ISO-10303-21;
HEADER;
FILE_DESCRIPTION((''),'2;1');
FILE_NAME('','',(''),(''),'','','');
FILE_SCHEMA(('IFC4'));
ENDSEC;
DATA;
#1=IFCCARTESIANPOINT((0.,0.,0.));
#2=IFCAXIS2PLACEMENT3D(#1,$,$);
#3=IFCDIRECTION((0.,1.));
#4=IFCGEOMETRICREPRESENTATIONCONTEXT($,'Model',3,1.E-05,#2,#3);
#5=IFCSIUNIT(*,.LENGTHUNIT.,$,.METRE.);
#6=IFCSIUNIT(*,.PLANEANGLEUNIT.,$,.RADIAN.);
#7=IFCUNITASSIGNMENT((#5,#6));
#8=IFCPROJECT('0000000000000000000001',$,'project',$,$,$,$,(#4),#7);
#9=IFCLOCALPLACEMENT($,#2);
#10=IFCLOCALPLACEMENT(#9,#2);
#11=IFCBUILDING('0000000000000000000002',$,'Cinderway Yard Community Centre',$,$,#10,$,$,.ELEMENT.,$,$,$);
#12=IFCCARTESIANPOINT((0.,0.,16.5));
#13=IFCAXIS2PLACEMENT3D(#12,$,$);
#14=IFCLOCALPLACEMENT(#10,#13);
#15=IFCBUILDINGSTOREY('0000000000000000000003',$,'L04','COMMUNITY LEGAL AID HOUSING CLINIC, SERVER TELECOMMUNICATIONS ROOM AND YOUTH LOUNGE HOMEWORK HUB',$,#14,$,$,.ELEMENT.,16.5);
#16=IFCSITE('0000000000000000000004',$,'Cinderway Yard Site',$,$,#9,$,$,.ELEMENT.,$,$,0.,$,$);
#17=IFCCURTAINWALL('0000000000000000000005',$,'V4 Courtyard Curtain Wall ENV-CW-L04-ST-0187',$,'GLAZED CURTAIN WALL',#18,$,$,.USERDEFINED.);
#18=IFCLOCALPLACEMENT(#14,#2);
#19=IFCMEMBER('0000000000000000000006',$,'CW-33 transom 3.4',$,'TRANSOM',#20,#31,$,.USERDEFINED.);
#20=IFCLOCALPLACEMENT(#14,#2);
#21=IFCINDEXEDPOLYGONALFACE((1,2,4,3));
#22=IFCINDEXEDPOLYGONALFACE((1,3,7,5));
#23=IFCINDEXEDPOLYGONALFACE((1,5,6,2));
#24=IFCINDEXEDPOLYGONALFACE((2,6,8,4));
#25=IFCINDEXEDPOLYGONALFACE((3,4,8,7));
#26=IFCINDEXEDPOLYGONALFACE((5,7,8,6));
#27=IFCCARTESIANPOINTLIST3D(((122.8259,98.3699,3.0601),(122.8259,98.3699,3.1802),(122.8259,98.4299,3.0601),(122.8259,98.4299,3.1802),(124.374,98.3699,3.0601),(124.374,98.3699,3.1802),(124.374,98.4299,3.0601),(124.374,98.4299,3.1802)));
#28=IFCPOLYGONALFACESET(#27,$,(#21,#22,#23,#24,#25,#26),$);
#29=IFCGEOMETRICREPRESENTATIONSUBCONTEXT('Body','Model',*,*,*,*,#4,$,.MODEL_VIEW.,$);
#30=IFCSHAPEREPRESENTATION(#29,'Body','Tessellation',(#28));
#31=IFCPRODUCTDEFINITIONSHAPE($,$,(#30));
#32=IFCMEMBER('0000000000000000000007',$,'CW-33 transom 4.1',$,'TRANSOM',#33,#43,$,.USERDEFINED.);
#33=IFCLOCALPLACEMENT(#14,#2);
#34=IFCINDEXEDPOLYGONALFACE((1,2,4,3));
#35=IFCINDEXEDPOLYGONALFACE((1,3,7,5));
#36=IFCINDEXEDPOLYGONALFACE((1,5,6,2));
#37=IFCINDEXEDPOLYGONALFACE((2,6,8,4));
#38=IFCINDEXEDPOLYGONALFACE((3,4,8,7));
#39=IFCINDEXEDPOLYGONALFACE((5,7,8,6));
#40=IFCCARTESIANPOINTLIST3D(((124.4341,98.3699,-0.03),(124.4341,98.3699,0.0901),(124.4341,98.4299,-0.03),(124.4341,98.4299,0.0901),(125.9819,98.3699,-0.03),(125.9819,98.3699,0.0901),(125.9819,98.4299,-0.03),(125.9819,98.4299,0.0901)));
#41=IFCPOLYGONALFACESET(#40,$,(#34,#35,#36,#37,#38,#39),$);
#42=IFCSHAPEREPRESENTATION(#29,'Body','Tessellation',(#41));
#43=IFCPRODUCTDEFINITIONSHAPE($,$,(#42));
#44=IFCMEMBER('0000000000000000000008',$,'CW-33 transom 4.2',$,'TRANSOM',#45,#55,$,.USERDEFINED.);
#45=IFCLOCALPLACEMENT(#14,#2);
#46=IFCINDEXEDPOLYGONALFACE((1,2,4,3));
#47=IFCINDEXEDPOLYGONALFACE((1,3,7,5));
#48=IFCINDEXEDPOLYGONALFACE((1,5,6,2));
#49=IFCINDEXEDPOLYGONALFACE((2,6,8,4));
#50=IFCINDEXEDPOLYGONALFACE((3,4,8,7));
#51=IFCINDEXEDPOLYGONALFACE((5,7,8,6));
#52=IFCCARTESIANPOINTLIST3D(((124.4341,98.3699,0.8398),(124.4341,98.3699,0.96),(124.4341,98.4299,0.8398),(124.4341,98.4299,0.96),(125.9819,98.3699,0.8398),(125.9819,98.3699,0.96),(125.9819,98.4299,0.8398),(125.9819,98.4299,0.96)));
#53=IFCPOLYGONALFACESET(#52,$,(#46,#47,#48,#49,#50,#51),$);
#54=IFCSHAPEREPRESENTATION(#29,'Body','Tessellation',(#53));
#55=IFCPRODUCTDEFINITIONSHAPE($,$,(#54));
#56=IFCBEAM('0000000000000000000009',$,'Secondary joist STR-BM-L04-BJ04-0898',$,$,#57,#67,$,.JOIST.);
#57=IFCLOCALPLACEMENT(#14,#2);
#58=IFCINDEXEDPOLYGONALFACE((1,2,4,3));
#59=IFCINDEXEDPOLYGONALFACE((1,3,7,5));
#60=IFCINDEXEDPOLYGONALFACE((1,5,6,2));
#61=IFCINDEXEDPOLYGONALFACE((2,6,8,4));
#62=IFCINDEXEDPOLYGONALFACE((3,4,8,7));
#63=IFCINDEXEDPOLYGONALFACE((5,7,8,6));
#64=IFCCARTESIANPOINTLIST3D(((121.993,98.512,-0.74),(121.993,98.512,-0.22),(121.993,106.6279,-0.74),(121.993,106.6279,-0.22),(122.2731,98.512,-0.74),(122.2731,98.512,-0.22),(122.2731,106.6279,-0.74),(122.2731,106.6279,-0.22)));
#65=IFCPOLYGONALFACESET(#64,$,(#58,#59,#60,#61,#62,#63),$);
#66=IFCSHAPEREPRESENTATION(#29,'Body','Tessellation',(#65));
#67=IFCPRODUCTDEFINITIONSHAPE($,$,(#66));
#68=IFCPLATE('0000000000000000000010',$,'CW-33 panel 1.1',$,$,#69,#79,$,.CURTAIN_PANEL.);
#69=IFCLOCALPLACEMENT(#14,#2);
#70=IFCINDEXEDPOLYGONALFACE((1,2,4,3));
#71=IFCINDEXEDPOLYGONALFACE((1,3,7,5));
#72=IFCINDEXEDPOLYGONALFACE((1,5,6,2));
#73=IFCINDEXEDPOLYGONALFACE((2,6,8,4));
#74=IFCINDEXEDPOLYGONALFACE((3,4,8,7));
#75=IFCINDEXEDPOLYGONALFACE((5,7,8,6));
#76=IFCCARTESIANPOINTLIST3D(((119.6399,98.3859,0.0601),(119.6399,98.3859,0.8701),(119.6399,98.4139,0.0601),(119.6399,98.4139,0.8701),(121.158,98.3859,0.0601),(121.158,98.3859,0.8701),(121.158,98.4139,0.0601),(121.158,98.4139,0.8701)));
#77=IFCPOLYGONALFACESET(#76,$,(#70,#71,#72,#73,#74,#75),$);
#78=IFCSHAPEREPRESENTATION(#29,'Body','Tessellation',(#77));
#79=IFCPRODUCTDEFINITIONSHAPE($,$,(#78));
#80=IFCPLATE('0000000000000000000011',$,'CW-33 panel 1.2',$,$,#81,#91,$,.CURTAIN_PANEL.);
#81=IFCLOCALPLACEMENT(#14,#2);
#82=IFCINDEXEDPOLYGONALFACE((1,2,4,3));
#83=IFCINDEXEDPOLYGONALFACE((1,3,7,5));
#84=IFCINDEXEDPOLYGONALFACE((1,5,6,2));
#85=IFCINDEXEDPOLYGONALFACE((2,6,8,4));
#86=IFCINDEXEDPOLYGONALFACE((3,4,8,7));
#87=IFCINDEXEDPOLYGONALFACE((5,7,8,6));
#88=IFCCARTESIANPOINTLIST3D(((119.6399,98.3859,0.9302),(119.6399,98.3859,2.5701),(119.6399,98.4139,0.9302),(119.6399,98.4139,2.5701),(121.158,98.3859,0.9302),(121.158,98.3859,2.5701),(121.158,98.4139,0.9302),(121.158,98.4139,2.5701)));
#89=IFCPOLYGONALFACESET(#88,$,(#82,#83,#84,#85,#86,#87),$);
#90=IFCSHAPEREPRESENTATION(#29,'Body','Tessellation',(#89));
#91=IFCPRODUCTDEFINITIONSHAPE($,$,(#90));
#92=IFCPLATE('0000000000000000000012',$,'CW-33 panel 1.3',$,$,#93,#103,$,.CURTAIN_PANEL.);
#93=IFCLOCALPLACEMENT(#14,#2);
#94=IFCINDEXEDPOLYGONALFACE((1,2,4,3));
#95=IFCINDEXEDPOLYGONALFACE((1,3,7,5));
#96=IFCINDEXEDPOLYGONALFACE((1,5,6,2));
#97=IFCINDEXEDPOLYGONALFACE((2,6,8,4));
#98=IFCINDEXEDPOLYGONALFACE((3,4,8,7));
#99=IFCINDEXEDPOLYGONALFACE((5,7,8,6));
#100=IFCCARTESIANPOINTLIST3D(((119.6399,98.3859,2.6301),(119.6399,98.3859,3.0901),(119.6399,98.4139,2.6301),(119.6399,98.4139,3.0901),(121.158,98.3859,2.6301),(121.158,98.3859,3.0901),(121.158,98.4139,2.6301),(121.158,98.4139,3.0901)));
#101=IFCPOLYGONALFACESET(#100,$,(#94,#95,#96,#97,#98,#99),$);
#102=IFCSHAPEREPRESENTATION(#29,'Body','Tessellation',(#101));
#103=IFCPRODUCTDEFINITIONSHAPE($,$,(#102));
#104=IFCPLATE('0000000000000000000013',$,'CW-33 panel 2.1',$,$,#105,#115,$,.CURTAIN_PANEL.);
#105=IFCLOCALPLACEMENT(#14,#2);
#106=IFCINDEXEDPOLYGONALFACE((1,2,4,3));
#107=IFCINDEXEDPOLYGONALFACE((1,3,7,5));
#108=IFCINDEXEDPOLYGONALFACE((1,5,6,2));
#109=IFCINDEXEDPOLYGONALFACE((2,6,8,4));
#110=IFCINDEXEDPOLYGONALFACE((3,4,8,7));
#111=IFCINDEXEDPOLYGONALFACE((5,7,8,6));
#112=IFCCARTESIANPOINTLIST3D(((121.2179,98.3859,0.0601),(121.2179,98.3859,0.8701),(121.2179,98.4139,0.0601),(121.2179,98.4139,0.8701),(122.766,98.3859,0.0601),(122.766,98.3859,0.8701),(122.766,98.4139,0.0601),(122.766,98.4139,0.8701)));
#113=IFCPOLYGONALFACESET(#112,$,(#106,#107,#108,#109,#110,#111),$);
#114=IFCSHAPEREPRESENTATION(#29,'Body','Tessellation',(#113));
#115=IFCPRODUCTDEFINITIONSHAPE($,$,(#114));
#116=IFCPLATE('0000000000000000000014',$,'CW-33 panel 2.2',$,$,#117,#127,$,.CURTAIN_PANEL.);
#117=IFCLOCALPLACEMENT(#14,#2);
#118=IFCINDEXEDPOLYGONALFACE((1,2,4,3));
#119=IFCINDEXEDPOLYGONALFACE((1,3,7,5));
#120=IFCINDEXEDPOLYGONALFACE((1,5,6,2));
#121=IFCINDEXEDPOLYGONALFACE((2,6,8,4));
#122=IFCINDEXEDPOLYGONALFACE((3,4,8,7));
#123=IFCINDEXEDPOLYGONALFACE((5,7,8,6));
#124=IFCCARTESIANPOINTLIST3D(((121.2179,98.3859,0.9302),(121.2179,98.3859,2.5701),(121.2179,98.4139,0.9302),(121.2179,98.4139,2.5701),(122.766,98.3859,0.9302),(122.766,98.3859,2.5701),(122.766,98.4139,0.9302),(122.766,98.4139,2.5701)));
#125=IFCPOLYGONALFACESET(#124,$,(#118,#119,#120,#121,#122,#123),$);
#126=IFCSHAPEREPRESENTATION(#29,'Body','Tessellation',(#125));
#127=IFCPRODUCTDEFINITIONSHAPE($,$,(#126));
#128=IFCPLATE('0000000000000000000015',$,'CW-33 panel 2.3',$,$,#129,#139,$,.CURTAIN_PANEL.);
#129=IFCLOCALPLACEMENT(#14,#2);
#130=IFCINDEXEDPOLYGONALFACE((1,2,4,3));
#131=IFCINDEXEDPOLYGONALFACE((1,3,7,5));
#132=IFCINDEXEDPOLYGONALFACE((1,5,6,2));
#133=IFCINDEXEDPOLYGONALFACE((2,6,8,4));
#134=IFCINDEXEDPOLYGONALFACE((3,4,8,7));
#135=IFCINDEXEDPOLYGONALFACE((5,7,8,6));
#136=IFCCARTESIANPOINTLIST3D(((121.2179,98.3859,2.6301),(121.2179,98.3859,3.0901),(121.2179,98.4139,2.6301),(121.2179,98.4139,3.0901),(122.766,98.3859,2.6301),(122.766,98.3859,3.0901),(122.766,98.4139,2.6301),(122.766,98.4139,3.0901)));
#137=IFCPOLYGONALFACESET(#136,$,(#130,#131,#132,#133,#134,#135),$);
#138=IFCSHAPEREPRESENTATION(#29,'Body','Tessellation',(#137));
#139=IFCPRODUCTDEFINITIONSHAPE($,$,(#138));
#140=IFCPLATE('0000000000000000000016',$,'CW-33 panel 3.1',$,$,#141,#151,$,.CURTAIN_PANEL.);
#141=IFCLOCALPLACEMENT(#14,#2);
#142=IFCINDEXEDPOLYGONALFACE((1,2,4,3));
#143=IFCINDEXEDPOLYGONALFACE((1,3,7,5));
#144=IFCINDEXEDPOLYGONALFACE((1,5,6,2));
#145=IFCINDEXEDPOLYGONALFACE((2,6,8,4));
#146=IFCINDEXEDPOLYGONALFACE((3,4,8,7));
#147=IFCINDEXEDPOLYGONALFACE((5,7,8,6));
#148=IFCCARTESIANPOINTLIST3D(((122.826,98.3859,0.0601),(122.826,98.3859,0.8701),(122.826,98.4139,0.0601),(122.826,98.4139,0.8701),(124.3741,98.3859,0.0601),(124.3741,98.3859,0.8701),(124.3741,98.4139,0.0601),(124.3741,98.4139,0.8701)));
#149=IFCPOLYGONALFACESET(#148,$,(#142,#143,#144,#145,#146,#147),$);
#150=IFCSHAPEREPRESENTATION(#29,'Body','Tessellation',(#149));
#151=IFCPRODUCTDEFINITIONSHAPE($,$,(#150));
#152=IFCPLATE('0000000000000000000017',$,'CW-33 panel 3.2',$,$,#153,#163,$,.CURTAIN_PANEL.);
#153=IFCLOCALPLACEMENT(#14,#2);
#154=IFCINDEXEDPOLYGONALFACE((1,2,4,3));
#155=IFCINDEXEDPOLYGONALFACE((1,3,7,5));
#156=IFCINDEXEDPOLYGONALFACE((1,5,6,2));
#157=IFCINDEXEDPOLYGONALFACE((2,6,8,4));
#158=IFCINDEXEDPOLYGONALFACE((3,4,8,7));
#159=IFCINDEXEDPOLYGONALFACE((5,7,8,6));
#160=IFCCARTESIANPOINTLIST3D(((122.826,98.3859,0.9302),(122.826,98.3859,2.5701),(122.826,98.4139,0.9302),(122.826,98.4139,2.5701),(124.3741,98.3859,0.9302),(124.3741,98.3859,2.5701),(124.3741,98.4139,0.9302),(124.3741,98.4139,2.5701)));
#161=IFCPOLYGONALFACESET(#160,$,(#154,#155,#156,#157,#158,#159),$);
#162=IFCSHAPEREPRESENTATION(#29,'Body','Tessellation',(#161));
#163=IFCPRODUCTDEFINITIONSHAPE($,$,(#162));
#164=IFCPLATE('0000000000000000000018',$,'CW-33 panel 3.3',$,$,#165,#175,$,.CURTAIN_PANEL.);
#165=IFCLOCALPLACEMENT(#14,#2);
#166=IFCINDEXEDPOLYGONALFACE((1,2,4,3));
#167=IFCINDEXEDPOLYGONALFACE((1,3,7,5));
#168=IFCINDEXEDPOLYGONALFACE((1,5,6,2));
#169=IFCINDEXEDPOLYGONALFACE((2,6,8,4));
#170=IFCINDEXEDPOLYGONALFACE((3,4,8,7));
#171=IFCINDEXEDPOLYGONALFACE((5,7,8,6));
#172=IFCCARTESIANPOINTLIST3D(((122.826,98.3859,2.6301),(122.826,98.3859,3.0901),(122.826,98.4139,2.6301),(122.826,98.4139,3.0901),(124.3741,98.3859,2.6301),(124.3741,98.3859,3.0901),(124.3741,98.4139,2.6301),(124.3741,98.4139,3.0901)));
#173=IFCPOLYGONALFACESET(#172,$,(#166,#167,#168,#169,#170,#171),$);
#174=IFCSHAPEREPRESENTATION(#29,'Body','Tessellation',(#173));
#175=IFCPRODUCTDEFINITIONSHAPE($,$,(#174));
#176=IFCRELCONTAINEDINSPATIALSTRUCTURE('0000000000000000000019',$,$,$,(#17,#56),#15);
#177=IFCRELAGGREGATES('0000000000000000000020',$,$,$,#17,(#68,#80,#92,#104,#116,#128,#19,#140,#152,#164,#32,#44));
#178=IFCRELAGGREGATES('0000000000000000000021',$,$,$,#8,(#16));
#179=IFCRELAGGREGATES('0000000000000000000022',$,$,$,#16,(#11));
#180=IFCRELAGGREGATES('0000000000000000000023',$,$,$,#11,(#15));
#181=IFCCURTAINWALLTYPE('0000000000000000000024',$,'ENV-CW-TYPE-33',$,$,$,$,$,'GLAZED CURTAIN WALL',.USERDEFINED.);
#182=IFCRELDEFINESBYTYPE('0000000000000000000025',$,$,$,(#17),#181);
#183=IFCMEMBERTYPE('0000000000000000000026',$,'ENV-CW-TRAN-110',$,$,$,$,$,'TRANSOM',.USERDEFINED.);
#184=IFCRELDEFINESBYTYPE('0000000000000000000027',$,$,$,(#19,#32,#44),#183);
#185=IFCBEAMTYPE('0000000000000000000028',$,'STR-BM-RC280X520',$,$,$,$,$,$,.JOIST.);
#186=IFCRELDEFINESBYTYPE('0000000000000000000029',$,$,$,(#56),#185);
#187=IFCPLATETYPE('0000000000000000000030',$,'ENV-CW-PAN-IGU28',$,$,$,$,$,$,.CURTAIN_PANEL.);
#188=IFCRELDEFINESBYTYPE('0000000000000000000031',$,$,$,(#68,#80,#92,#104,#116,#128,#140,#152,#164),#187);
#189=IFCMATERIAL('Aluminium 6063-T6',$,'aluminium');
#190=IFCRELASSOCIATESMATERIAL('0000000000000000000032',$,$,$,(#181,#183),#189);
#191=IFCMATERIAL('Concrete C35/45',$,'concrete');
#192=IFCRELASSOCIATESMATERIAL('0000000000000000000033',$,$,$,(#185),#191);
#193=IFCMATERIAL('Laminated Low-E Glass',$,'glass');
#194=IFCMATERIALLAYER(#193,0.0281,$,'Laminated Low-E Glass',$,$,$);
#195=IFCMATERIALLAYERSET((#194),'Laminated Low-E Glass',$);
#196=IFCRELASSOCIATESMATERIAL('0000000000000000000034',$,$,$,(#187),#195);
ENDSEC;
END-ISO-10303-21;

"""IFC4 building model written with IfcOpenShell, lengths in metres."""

from ifc_helpers import new_model, si_unit, direction, frame, origin, origin_2d, place, context, subcontext, project, spatial, rectangle, extrude, material, layer, layer_set, material_profile, profile_set, type_object, element, aggregate, save


model = new_model("IFC4")

# Units and contexts
model_context = context("Model", 3, precision=1e-05, world=origin(), true_north=direction((0.0, 1.0)))
body_context = subcontext(model_context, "Body", "Model", "MODEL_VIEW")
ifc_project = project(units=[si_unit("LENGTHUNIT", "METRE"), si_unit("PLANEANGLEUNIT", "RADIAN")], contexts=[model_context])

# Site, building, storey
site_placement = place(None, origin())
site = spatial("IfcSite", under=ifc_project, at=site_placement, Name="Cinderway Yard Site", CompositionType="ELEMENT", RefElevation=0.0)
building_placement = place(site_placement, origin())
building = spatial("IfcBuilding", under=site, at=building_placement, Name="Cinderway Yard Community Centre", CompositionType="ELEMENT")
storey_placement = place(building_placement, frame((0.0, 0.0, 16.5)))
storey = spatial("IfcBuildingStorey", under=building, at=storey_placement, Name="L04", Description="COMMUNITY LEGAL AID HOUSING CLINIC, SERVER TELECOMMUNICATIONS ROOM AND YOUTH LOUNGE HOMEWORK HUB", CompositionType="ELEMENT", Elevation=16.5)

# Curtain wall, members
ifc_material_1 = material(Name="Aluminium 6063-T6", Category="aluminium")
curtain_wall_type = type_object("IfcCurtainWallType", Name="ENV-CW-TYPE-33", ElementType="GLAZED CURTAIN WALL", PredefinedType="USERDEFINED", material=ifc_material_1)
curtain_wall_placement = place(storey_placement, origin())
curtain_wall = element("IfcCurtainWall", 1, at=curtain_wall_placement, inside=storey, type_object=curtain_wall_type, Name="V4 Courtyard Curtain Wall ENV-CW-L04-ST-0187", ObjectType="GLAZED CURTAIN WALL", PredefinedType="USERDEFINED")
ifc_material_profile_1 = material_profile(ifc_material_1, rectangle(XDim=0.0601, YDim=0.1201, at=origin_2d()), Name="Aluminium 6063-T6")
ifc_profile_set_1 = profile_set([ifc_material_profile_1], Name="Aluminium 6063-T6")
member_type_1 = type_object("IfcMemberType", Name="ENV-CW-TRAN-110", ElementType="TRANSOM", PredefinedType="USERDEFINED", material=ifc_profile_set_1)
member_1_placement = place(storey_placement, frame((122.8259, 98.3999, 3.1201), z_axis=(1.0, 0.0, 0.0), x_axis=(0.0, 1.0, 0.0)))
member_1 = element("IfcMember", 2, at=member_1_placement, type_object=member_type_1, Name="CW-33 transom 3.4", ObjectType="TRANSOM", PredefinedType="USERDEFINED", context=body_context, shape_type="SweptSolid", body=[
    extrude(rectangle(XDim=0.0601, YDim=0.1201, at=origin_2d()), origin(), (0.0, 0.0, 1.0), 1.5481),
])
member_2_placement = place(storey_placement, frame((124.4341, 98.3999, 0.03), z_axis=(1.0, 0.0, 0.0), x_axis=(0.0, 1.0, 0.0)))
member_2 = element("IfcMember", 3, at=member_2_placement, type_object=member_type_1, Name="CW-33 transom 4.1", ObjectType="TRANSOM", PredefinedType="USERDEFINED", context=body_context, shape_type="SweptSolid", body=[
    extrude(rectangle(XDim=0.0601, YDim=0.1201, at=origin_2d()), origin(), (0.0, 0.0, 1.0), 1.5479),
])
member_3_placement = place(storey_placement, frame((124.4341, 98.3999, 0.8999), z_axis=(1.0, 0.0, 0.0), x_axis=(0.0, 1.0, 0.0)))
member_3 = element("IfcMember", 4, at=member_3_placement, type_object=member_type_1, Name="CW-33 transom 4.2", ObjectType="TRANSOM", PredefinedType="USERDEFINED", context=body_context, shape_type="SweptSolid", body=[
    extrude(rectangle(XDim=0.0601, YDim=0.1201, at=origin_2d()), origin(), (0.0, 0.0, 1.0), 1.5479),
])

# Beam
ifc_material_2 = material(Name="Concrete C35/45", Category="concrete")
ifc_material_profile_2 = material_profile(ifc_material_2, rectangle(XDim=0.28, YDim=0.52, at=origin_2d()), Name="Concrete C35/45")
ifc_profile_set_2 = profile_set([ifc_material_profile_2], Name="Concrete C35/45")
beam_type = type_object("IfcBeamType", Name="STR-BM-RC280X520", PredefinedType="JOIST", material=ifc_profile_set_2)
beam_placement = place(storey_placement, frame((122.1331, 98.512, -0.48), z_axis=(0.0, 1.0, 0.0), x_axis=(-1.0, 0.0, 0.0)))
element("IfcBeam", 5, at=beam_placement, inside=storey, type_object=beam_type, Name="Secondary joist STR-BM-L04-BJ04-0898", PredefinedType="JOIST", context=body_context, shape_type="SweptSolid", body=[
    extrude(rectangle(XDim=0.28, YDim=0.52, at=origin_2d()), origin(), (0.0, 0.0, 1.0), 8.116),
])

# Plates
ifc_material_3 = material(Name="Laminated Low-E Glass", Category="glass")
ifc_layer = layer(ifc_material_3, 0.0281, Name="Laminated Low-E Glass")
ifc_layer_set = layer_set([ifc_layer], Name="Laminated Low-E Glass")
plate_type = type_object("IfcPlateType", Name="ENV-CW-PAN-IGU28", PredefinedType="CURTAIN_PANEL", material=ifc_layer_set)
plate_1_placement = place(storey_placement, frame((120.3989, 98.3999, 0.0601), z_axis=(0.0, 0.0, 1.0), x_axis=(1.0, 0.0, 0.0)))
plate_1 = element("IfcPlate", 6, at=plate_1_placement, type_object=plate_type, Name="CW-33 panel 1.1", PredefinedType="CURTAIN_PANEL", context=body_context, shape_type="SweptSolid", body=[
    extrude(rectangle(XDim=1.5181, YDim=0.0281, at=origin_2d()), origin(), (0.0, 0.0, 1.0), 0.8101),
])
plate_2_placement = place(storey_placement, frame((120.3989, 98.3999, 0.9302), z_axis=(0.0, 0.0, 1.0), x_axis=(1.0, 0.0, 0.0)))
plate_2 = element("IfcPlate", 7, at=plate_2_placement, type_object=plate_type, Name="CW-33 panel 1.2", PredefinedType="CURTAIN_PANEL", context=body_context, shape_type="SweptSolid", body=[
    extrude(rectangle(XDim=1.5181, YDim=0.0281, at=origin_2d()), origin(), (0.0, 0.0, 1.0), 1.6399),
])
plate_3_placement = place(storey_placement, frame((120.3989, 98.3999, 2.6301), z_axis=(0.0, 0.0, 1.0), x_axis=(1.0, 0.0, 0.0)))
plate_3 = element("IfcPlate", 8, at=plate_3_placement, type_object=plate_type, Name="CW-33 panel 1.3", PredefinedType="CURTAIN_PANEL", context=body_context, shape_type="SweptSolid", body=[
    extrude(rectangle(XDim=1.5181, YDim=0.0281, at=origin_2d()), origin(), (0.0, 0.0, 1.0), 0.46),
])
plate_4_placement = place(storey_placement, frame((121.9919, 98.3999, 0.0601), z_axis=(0.0, 0.0, 1.0), x_axis=(1.0, 0.0, 0.0)))
plate_4 = element("IfcPlate", 9, at=plate_4_placement, type_object=plate_type, Name="CW-33 panel 2.1", PredefinedType="CURTAIN_PANEL", context=body_context, shape_type="SweptSolid", body=[
    extrude(rectangle(XDim=1.5481, YDim=0.0281, at=origin_2d()), origin(), (0.0, 0.0, 1.0), 0.8101),
])
plate_5_placement = place(storey_placement, frame((121.9919, 98.3999, 0.9302), z_axis=(0.0, 0.0, 1.0), x_axis=(1.0, 0.0, 0.0)))
plate_5 = element("IfcPlate", 10, at=plate_5_placement, type_object=plate_type, Name="CW-33 panel 2.2", PredefinedType="CURTAIN_PANEL", context=body_context, shape_type="SweptSolid", body=[
    extrude(rectangle(XDim=1.5481, YDim=0.0281, at=origin_2d()), origin(), (0.0, 0.0, 1.0), 1.6399),
])
plate_6_placement = place(storey_placement, frame((121.9919, 98.3999, 2.6301), z_axis=(0.0, 0.0, 1.0), x_axis=(1.0, 0.0, 0.0)))
plate_6 = element("IfcPlate", 11, at=plate_6_placement, type_object=plate_type, Name="CW-33 panel 2.3", PredefinedType="CURTAIN_PANEL", context=body_context, shape_type="SweptSolid", body=[
    extrude(rectangle(XDim=1.5481, YDim=0.0281, at=origin_2d()), origin(), (0.0, 0.0, 1.0), 0.46),
])
plate_7_placement = place(storey_placement, frame((123.6001, 98.3999, 0.0601), z_axis=(0.0, 0.0, 1.0), x_axis=(1.0, 0.0, 0.0)))
plate_7 = element("IfcPlate", 12, at=plate_7_placement, type_object=plate_type, Name="CW-33 panel 3.1", PredefinedType="CURTAIN_PANEL", context=body_context, shape_type="SweptSolid", body=[
    extrude(rectangle(XDim=1.5481, YDim=0.0281, at=origin_2d()), origin(), (0.0, 0.0, 1.0), 0.8101),
])
plate_8_placement = place(storey_placement, frame((123.6001, 98.3999, 0.9302), z_axis=(0.0, 0.0, 1.0), x_axis=(1.0, 0.0, 0.0)))
plate_8 = element("IfcPlate", 13, at=plate_8_placement, type_object=plate_type, Name="CW-33 panel 3.2", PredefinedType="CURTAIN_PANEL", context=body_context, shape_type="SweptSolid", body=[
    extrude(rectangle(XDim=1.5481, YDim=0.0281, at=origin_2d()), origin(), (0.0, 0.0, 1.0), 1.6399),
])
plate_9_placement = place(storey_placement, frame((123.6001, 98.3999, 2.6301), z_axis=(0.0, 0.0, 1.0), x_axis=(1.0, 0.0, 0.0)))
plate_9 = element("IfcPlate", 14, at=plate_9_placement, type_object=plate_type, Name="CW-33 panel 3.3", PredefinedType="CURTAIN_PANEL", context=body_context, shape_type="SweptSolid", body=[
    extrude(rectangle(XDim=1.5481, YDim=0.0281, at=origin_2d()), origin(), (0.0, 0.0, 1.0), 0.46),
])
aggregate(curtain_wall, [plate_1, plate_2, plate_3, plate_4, plate_5, plate_6, member_1, plate_7, plate_8, plate_9, member_2, member_3])

save(model, "model.ifc")
